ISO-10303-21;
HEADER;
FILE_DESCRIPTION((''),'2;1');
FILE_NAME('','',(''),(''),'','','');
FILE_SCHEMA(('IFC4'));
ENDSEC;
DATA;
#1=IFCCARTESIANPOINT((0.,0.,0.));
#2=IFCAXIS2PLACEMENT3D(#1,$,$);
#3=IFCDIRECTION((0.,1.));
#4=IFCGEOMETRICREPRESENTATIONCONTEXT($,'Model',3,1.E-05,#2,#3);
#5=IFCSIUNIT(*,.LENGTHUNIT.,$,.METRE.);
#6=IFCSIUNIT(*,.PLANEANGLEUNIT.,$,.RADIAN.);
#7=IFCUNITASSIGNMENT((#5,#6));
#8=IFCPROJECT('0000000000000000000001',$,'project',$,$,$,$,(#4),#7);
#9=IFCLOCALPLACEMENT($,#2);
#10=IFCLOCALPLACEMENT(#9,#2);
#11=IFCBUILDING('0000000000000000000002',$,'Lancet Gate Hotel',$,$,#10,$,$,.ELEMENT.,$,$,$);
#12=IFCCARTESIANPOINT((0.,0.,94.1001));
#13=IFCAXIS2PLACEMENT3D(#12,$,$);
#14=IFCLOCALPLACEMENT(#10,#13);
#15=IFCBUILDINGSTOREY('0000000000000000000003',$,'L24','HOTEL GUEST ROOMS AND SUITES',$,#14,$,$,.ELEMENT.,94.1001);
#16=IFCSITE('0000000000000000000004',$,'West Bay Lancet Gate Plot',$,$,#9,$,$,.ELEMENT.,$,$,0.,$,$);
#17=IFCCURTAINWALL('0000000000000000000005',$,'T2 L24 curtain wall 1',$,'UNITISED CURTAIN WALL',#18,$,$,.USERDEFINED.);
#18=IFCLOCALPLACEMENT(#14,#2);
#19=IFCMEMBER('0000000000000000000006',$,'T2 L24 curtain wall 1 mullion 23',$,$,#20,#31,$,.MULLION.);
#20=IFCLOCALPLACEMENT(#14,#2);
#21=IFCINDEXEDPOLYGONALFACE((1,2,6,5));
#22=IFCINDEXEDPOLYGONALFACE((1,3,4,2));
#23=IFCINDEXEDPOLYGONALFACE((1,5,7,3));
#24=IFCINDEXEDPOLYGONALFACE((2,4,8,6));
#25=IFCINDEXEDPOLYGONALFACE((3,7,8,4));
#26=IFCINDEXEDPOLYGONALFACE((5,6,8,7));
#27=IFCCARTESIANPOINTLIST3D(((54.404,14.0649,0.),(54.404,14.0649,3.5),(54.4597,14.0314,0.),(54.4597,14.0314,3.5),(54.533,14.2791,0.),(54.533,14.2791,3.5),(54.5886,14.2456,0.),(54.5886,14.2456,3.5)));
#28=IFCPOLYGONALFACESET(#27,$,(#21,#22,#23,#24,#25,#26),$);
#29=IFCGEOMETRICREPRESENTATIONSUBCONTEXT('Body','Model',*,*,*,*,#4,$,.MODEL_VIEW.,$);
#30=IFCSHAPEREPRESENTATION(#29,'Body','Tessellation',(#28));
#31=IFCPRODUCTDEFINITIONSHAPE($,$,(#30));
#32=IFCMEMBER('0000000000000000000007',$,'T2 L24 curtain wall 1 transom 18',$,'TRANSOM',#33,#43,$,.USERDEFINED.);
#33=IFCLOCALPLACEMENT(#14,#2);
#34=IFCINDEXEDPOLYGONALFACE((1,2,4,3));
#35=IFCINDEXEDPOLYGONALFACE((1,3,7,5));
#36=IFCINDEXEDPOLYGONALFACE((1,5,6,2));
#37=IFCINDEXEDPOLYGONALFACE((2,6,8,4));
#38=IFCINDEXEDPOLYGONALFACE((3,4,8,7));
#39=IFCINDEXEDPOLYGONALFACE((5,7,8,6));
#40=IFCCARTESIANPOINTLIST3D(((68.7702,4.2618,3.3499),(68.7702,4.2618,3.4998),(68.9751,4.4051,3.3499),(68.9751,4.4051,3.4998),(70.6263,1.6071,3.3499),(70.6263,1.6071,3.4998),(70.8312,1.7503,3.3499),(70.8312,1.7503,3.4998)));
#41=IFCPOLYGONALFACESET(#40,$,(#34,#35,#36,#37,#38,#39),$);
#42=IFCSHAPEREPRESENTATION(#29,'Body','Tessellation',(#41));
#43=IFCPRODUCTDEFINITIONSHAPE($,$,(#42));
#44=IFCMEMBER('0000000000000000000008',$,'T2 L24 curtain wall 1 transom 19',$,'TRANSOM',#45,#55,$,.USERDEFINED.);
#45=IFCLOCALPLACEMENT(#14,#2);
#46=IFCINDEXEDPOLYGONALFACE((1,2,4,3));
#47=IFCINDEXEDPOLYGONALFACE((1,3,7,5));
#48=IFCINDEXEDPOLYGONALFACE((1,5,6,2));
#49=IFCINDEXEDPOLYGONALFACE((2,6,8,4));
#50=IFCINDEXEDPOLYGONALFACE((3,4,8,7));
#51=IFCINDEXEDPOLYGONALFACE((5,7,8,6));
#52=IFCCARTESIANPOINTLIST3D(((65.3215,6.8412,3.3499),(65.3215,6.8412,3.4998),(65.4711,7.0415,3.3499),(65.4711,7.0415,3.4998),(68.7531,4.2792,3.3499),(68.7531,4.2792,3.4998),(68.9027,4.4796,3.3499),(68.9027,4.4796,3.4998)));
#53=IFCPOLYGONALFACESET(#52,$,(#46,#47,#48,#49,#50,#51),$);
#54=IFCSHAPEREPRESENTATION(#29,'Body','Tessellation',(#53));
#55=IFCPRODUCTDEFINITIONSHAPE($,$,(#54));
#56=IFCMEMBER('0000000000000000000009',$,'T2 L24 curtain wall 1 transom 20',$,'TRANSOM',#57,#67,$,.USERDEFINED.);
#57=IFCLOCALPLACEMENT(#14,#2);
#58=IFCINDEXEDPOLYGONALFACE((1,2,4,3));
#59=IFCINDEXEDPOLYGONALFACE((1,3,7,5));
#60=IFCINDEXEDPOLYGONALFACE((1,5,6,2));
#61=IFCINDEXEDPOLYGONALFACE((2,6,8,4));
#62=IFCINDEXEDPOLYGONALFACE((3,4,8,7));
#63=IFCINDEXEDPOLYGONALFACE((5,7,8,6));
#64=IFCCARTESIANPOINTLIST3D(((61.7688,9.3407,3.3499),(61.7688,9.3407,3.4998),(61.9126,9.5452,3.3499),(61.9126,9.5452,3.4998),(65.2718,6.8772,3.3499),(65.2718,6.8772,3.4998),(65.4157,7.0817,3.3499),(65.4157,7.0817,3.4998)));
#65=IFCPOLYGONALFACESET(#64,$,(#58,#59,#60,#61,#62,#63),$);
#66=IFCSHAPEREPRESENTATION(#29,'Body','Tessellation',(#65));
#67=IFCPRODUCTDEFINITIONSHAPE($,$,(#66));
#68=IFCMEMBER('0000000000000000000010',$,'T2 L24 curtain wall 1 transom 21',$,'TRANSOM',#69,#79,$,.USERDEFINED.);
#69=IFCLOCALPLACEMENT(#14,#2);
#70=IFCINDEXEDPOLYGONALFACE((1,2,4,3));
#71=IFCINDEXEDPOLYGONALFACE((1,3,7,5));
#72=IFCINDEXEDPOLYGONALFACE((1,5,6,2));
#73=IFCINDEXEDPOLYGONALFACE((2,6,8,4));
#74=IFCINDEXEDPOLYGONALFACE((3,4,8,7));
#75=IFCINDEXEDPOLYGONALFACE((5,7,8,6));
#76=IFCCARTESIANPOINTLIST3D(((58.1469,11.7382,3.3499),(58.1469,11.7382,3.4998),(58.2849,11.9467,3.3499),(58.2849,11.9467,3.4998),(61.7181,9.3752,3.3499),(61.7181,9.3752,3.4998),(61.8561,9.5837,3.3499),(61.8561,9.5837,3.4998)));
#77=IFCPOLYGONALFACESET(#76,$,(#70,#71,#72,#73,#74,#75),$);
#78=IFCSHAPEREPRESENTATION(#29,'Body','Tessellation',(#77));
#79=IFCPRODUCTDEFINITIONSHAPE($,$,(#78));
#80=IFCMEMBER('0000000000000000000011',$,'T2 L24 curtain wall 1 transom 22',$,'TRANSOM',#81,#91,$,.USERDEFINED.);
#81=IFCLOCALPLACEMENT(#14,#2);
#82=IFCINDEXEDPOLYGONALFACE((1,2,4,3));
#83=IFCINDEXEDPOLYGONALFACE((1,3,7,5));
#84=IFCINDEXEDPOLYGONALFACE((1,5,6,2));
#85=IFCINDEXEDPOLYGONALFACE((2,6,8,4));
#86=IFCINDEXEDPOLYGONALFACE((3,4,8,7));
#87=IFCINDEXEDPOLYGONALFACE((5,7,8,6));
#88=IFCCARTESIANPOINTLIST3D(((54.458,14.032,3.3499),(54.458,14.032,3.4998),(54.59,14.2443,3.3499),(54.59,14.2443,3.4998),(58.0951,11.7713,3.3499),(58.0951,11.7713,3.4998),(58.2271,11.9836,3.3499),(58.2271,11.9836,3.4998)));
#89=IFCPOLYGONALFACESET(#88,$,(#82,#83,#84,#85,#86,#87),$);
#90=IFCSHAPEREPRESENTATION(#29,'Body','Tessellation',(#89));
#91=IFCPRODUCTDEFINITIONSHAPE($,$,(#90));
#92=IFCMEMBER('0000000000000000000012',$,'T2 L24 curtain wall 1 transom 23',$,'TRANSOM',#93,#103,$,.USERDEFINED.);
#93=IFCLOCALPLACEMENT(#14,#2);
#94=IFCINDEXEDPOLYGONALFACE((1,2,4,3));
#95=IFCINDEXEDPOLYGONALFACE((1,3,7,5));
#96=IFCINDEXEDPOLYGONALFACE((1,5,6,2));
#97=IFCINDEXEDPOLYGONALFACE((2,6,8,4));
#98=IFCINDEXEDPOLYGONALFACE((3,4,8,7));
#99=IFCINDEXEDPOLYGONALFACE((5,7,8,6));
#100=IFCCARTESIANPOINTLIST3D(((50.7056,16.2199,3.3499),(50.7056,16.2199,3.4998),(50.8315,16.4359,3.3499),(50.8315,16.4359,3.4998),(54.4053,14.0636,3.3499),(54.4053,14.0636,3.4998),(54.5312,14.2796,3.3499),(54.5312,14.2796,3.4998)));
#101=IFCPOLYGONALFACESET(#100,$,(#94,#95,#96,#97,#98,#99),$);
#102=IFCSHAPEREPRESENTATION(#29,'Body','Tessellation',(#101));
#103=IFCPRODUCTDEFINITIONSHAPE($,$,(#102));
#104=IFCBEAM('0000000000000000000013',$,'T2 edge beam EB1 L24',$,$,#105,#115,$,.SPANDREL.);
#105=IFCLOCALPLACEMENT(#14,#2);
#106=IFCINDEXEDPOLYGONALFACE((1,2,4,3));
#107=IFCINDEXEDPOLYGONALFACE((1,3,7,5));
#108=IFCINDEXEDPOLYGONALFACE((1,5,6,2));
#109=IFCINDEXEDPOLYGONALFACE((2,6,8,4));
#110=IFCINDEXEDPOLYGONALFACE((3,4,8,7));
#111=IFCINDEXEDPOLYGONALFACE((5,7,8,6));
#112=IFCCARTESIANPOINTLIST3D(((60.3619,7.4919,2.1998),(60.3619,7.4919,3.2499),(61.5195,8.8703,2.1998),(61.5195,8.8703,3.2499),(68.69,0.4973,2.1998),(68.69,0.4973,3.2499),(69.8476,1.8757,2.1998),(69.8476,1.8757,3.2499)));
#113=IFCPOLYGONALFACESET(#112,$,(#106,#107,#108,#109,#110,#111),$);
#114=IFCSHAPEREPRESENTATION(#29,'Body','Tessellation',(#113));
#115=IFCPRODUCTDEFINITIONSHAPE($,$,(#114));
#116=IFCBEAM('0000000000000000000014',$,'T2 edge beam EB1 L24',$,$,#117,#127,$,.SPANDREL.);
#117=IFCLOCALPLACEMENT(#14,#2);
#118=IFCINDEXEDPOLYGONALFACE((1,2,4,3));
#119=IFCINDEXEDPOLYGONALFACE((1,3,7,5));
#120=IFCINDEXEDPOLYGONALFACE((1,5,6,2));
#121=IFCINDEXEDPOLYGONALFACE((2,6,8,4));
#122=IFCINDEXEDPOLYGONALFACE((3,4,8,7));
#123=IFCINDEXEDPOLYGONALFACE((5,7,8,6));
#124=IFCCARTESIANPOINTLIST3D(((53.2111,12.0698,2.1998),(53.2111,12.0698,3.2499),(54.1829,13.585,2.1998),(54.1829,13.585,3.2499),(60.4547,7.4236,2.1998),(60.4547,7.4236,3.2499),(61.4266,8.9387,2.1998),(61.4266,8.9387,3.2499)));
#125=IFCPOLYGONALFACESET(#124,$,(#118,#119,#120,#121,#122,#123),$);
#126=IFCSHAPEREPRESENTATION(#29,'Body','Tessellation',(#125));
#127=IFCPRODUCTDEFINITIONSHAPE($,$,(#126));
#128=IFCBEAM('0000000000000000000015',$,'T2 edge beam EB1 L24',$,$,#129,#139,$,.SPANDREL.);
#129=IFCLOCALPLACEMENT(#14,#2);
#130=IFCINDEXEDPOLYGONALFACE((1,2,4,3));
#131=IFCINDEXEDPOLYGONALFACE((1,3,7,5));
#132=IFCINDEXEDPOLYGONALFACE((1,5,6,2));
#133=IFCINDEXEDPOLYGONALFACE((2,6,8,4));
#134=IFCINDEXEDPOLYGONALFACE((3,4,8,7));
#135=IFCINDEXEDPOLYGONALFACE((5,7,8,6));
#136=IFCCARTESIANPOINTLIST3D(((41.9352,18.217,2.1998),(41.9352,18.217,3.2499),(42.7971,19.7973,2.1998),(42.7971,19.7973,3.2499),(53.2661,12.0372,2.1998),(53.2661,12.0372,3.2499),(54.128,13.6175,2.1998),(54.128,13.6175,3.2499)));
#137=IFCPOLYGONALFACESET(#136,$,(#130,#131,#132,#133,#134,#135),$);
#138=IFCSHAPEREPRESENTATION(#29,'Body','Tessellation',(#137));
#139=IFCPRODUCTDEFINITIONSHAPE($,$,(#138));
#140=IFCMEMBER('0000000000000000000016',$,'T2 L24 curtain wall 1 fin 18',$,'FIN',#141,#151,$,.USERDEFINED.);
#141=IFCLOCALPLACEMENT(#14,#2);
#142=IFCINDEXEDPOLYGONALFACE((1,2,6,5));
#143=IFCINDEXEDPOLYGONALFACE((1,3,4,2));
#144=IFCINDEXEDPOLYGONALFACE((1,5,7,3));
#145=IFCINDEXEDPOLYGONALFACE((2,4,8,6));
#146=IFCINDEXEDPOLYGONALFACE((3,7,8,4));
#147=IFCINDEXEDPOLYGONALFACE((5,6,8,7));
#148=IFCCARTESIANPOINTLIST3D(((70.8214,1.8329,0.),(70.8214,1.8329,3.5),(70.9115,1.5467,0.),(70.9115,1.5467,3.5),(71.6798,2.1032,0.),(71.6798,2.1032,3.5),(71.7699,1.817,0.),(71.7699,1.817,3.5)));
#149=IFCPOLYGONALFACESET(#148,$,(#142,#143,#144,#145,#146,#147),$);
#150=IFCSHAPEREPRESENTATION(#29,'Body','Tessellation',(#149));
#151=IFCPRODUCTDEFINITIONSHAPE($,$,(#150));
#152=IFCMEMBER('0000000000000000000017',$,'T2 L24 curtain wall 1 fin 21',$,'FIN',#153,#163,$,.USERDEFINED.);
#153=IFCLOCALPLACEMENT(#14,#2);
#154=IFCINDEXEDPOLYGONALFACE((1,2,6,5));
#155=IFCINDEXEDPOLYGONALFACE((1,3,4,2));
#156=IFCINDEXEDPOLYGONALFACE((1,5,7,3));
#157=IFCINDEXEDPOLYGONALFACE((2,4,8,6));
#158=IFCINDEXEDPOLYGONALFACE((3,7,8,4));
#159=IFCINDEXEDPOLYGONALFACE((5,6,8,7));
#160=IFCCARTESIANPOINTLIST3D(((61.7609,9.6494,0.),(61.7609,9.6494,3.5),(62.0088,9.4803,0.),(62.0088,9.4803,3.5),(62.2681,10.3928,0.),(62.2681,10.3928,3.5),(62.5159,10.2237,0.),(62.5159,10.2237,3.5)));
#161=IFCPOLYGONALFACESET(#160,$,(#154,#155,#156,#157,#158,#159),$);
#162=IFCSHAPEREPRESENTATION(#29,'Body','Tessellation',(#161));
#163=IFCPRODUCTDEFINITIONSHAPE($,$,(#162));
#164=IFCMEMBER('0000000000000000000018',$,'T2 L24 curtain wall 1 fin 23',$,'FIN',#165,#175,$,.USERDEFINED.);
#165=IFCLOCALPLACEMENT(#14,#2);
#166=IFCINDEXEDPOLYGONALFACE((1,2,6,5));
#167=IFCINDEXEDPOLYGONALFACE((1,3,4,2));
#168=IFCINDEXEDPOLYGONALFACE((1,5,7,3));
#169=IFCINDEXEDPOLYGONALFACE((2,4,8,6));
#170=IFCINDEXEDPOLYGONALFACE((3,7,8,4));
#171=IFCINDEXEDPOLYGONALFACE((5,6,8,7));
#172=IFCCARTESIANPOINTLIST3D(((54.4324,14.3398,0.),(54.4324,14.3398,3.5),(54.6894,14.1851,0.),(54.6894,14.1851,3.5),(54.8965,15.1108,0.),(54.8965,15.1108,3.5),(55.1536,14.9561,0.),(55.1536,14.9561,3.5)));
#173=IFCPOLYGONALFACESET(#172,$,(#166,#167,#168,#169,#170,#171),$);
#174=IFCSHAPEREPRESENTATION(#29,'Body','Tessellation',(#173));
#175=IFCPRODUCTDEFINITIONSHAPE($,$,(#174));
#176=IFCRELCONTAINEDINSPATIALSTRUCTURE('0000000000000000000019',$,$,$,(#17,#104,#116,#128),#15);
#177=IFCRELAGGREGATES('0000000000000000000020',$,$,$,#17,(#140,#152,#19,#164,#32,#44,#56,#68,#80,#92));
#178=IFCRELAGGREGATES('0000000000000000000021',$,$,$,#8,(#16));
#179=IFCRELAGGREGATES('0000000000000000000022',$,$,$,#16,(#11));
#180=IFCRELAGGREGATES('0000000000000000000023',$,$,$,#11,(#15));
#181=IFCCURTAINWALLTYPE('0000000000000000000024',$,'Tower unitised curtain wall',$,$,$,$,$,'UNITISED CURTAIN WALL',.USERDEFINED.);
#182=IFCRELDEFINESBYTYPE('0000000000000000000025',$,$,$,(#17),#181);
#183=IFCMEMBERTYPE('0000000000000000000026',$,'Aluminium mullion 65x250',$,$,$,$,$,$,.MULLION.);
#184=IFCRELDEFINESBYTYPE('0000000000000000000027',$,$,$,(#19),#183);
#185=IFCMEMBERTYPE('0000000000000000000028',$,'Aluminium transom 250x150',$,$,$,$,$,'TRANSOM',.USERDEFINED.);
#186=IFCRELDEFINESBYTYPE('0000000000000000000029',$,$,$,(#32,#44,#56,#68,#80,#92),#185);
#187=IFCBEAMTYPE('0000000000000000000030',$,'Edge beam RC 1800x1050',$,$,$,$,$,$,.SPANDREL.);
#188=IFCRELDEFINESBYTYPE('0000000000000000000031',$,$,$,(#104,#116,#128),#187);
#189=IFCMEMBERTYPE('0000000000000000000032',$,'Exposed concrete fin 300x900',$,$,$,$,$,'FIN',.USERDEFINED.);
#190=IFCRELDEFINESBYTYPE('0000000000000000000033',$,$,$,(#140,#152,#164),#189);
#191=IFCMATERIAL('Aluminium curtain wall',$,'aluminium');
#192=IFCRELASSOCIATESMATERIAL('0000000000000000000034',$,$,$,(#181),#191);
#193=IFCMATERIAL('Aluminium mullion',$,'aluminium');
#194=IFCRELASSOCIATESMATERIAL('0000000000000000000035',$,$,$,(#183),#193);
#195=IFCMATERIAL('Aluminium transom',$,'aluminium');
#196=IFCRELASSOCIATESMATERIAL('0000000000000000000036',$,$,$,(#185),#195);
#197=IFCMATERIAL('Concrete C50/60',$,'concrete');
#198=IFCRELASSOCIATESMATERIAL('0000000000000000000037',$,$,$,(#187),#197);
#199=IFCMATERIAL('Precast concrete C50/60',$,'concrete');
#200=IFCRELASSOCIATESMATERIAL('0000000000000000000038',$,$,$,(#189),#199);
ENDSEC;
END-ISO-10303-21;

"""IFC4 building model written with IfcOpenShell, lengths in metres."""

from ifc_helpers import new_model, si_unit, direction, frame, origin, origin_2d, place, context, subcontext, project, spatial, rectangle, extrude, material, material_profile, profile_set, type_object, element, aggregate, save


model = new_model("IFC4")

# Units and contexts
model_context = context("Model", 3, precision=1e-05, world=origin(), true_north=direction((0.0, 1.0)))
body_context = subcontext(model_context, "Body", "Model", "MODEL_VIEW")
ifc_project = project(units=[si_unit("LENGTHUNIT", "METRE"), si_unit("PLANEANGLEUNIT", "RADIAN")], contexts=[model_context])

# Site, building, storey
site_placement = place(None, origin())
site = spatial("IfcSite", under=ifc_project, at=site_placement, Name="West Bay Lancet Gate Plot", CompositionType="ELEMENT", RefElevation=0.0)
building_placement = place(site_placement, origin())
building = spatial("IfcBuilding", under=site, at=building_placement, Name="Lancet Gate Hotel", CompositionType="ELEMENT")
storey_placement = place(building_placement, frame((0.0, 0.0, 94.1001)))
storey = spatial("IfcBuildingStorey", under=building, at=storey_placement, Name="L24", Description="HOTEL GUEST ROOMS AND SUITES", CompositionType="ELEMENT", Elevation=94.1001)

# Curtain wall, members
ifc_material_1 = material(Name="Aluminium curtain wall", Category="aluminium")
curtain_wall_type = type_object("IfcCurtainWallType", Name="Tower unitised curtain wall", ElementType="UNITISED CURTAIN WALL", PredefinedType="USERDEFINED", material=ifc_material_1)
curtain_wall_placement = place(storey_placement, origin())
curtain_wall = element("IfcCurtainWall", 1, at=curtain_wall_placement, inside=storey, type_object=curtain_wall_type, Name="T2 L24 curtain wall 1", ObjectType="UNITISED CURTAIN WALL", PredefinedType="USERDEFINED")
ifc_material_2 = material(Name="Aluminium mullion", Category="aluminium")
ifc_material_profile_1 = material_profile(ifc_material_2, rectangle(XDim=0.0649, YDim=0.25, at=origin_2d()), Name="MULLION 65x250")
ifc_profile_set_1 = profile_set([ifc_material_profile_1], Name="Aluminium mullion")
member_type_1 = type_object("IfcMemberType", Name="Aluminium mullion 65x250", PredefinedType="MULLION", material=ifc_profile_set_1)
member_1_placement = place(storey_placement, frame((54.4963, 14.1553, 0.0), z_axis=(0.0, 0.0, 1.0), x_axis=(-0.856728, 0.515768, 0.0)))
member_1 = element("IfcMember", 2, at=member_1_placement, type_object=member_type_1, Name="T2 L24 curtain wall 1 mullion 23", PredefinedType="MULLION", context=body_context, shape_type="SweptSolid", body=[
    extrude(rectangle(XDim=0.0649, YDim=0.25, at=origin_2d()), origin(), (0.0, 0.0, 1.0), 3.5),
])
ifc_material_3 = material(Name="Aluminium transom", Category="aluminium")
ifc_material_profile_2 = material_profile(ifc_material_3, rectangle(XDim=0.25, YDim=0.1499, at=origin_2d()), Name="TRANSOM 250x150")
ifc_profile_set_2 = profile_set([ifc_material_profile_2], Name="Aluminium transom")
member_type_2 = type_object("IfcMemberType", Name="Aluminium transom 250x150", ElementType="TRANSOM", PredefinedType="USERDEFINED", material=ifc_profile_set_2)
member_2_placement = place(storey_placement, frame((70.7288, 1.6787, 3.4248), z_axis=(-0.573017, 0.819543, 0.0), x_axis=(-0.819543, -0.573017, 0.0)))
member_2 = element("IfcMember", 3, at=member_2_placement, type_object=member_type_2, Name="T2 L24 curtain wall 1 transom 18", ObjectType="TRANSOM", PredefinedType="USERDEFINED", context=body_context, shape_type="SweptSolid", body=[
    extrude(rectangle(XDim=0.25, YDim=0.1499, at=origin_2d()), origin(), (0.0, 0.0, 1.0), 3.2393),
])
member_3_placement = place(storey_placement, frame((68.8279, 4.3794, 3.4248), z_axis=(-0.801312, 0.598247, 0.0), x_axis=(-0.598247, -0.801312, 0.0)))
member_3 = element("IfcMember", 4, at=member_3_placement, type_object=member_type_2, Name="T2 L24 curtain wall 1 transom 19", ObjectType="TRANSOM", PredefinedType="USERDEFINED", context=body_context, shape_type="SweptSolid", body=[
    extrude(rectangle(XDim=0.25, YDim=0.1499, at=origin_2d()), origin(), (0.0, 0.0, 1.0), 4.2825),
])
member_4_placement = place(storey_placement, frame((65.3438, 6.9795, 3.4248), z_axis=(-0.817987, 0.575236, 0.0), x_axis=(-0.575236, -0.817987, 0.0)))
member_4 = element("IfcMember", 5, at=member_4_placement, type_object=member_type_2, Name="T2 L24 curtain wall 1 transom 20", ObjectType="TRANSOM", PredefinedType="USERDEFINED", context=body_context, shape_type="SweptSolid", body=[
    extrude(rectangle(XDim=0.25, YDim=0.1499, at=origin_2d()), origin(), (0.0, 0.0, 1.0), 4.2825),
])
member_5_placement = place(storey_placement, frame((61.7871, 9.4795, 3.4248), z_axis=(-0.833966, 0.551816, 0.0), x_axis=(-0.551816, -0.833966, 0.0)))
member_5 = element("IfcMember", 6, at=member_5_placement, type_object=member_type_2, Name="T2 L24 curtain wall 1 transom 21", ObjectType="TRANSOM", PredefinedType="USERDEFINED", context=body_context, shape_type="SweptSolid", body=[
    extrude(rectangle(XDim=0.25, YDim=0.1499, at=origin_2d()), origin(), (0.0, 0.0, 1.0), 4.2822),
])
member_6_placement = place(storey_placement, frame((58.1611, 11.8774, 3.4248), z_axis=(-0.849309, 0.527896, 0.0), x_axis=(-0.527896, -0.849309, 0.0)))
member_6 = element("IfcMember", 7, at=member_6_placement, type_object=member_type_2, Name="T2 L24 curtain wall 1 transom 22", ObjectType="TRANSOM", PredefinedType="USERDEFINED", context=body_context, shape_type="SweptSolid", body=[
    extrude(rectangle(XDim=0.25, YDim=0.1499, at=origin_2d()), origin(), (0.0, 0.0, 1.0), 4.2825),
])
member_7_placement = place(storey_placement, frame((54.4683, 14.1716, 3.4248), z_axis=(-0.863973, 0.503538, 0.0), x_axis=(-0.503538, -0.863973, 0.0)))
member_7 = element("IfcMember", 8, at=member_7_placement, type_object=member_type_2, Name="T2 L24 curtain wall 1 transom 23", ObjectType="TRANSOM", PredefinedType="USERDEFINED", context=body_context, shape_type="SweptSolid", body=[
    extrude(rectangle(XDim=0.25, YDim=0.1499, at=origin_2d()), origin(), (0.0, 0.0, 1.0), 4.2822),
])

# Beams
ifc_material_4 = material(Name="Concrete C50/60", Category="concrete")
ifc_material_profile_3 = material_profile(ifc_material_4, rectangle(XDim=1.8, YDim=1.05, at=origin_2d()), Name="RC 1800x1050")
ifc_profile_set_3 = profile_set([ifc_material_profile_3], Name="Concrete C50/60")
beam_type_1 = type_object("IfcBeamType", Name="Edge beam RC 1800x1050", PredefinedType="SPANDREL", material=ifc_profile_set_3)
beam_1_placement = place(storey_placement, frame((69.2688, 1.1865, 2.7249), z_axis=(-0.76575, 0.643138, 0.0), x_axis=(-0.643138, -0.76575, 0.0)))
element("IfcBeam", 9, at=beam_1_placement, inside=storey, type_object=beam_type_1, Name="T2 edge beam EB1 L24", PredefinedType="SPANDREL", context=body_context, shape_type="SweptSolid", body=[
    extrude(rectangle(XDim=1.8, YDim=1.05, at=origin_2d()), origin(), (0.0, 0.0, 1.0), 10.8757),
])
beam_2_placement = place(storey_placement, frame((60.9407, 8.1812, 2.7249), z_axis=(-0.841727, 0.539903, 0.0), x_axis=(-0.539903, -0.841727, 0.0)))
element("IfcBeam", 10, at=beam_2_placement, inside=storey, type_object=beam_type_1, Name="T2 edge beam EB1 L24", PredefinedType="SPANDREL", context=body_context, shape_type="SweptSolid", body=[
    extrude(rectangle(XDim=1.8, YDim=1.05, at=origin_2d()), origin(), (0.0, 0.0, 1.0), 8.6057),
])
beam_3_placement = place(storey_placement, frame((53.697, 12.8274, 2.7249), z_axis=(-0.87792, 0.478807, 0.0), x_axis=(-0.478807, -0.87792, 0.0)))
element("IfcBeam", 11, at=beam_3_placement, inside=storey, type_object=beam_type_1, Name="T2 edge beam EB1 L24", PredefinedType="SPANDREL", context=body_context, shape_type="SweptSolid", body=[
    extrude(rectangle(XDim=1.8, YDim=1.05, at=origin_2d()), origin(), (0.0, 0.0, 1.0), 12.9065),
])

# Members
ifc_material_5 = material(Name="Precast concrete C50/60", Category="concrete")
ifc_material_profile_4 = material_profile(ifc_material_5, rectangle(XDim=0.3, YDim=0.8999, at=origin_2d()), Name="FIN 300x900")
ifc_profile_set_4 = profile_set([ifc_material_profile_4], Name="Precast concrete C50/60")
member_type_3 = type_object("IfcMemberType", Name="Exposed concrete fin 300x900", ElementType="FIN", PredefinedType="USERDEFINED", material=ifc_profile_set_4)
member_8_placement = place(storey_placement, frame((71.2957, 1.825, 0.0), z_axis=(0.0, 0.0, 1.0), x_axis=(-0.300385, 0.953818, 0.0)))
member_8 = element("IfcMember", 12, at=member_8_placement, type_object=member_type_3, Name="T2 L24 curtain wall 1 fin 18", ObjectType="FIN", PredefinedType="USERDEFINED", context=body_context, shape_type="SweptSolid", body=[
    extrude(rectangle(XDim=0.3, YDim=0.8999, at=origin_2d()), origin(), (0.0, 0.0, 1.0), 3.5),
])
member_9_placement = place(storey_placement, frame((62.1384, 9.9365, 0.0), z_axis=(0.0, 0.0, 1.0), x_axis=(-0.826066, 0.563574, 0.0)))
member_9 = element("IfcMember", 13, at=member_9_placement, type_object=member_type_3, Name="T2 L24 curtain wall 1 fin 21", ObjectType="FIN", PredefinedType="USERDEFINED", context=body_context, shape_type="SweptSolid", body=[
    extrude(rectangle(XDim=0.3, YDim=0.8999, at=origin_2d()), origin(), (0.0, 0.0, 1.0), 3.5),
])
member_10_placement = place(storey_placement, frame((54.793, 14.6479, 0.0), z_axis=(0.0, 0.0, 1.0), x_axis=(-0.856728, 0.515768, 0.0)))
member_10 = element("IfcMember", 14, at=member_10_placement, type_object=member_type_3, Name="T2 L24 curtain wall 1 fin 23", ObjectType="FIN", PredefinedType="USERDEFINED", context=body_context, shape_type="SweptSolid", body=[
    extrude(rectangle(XDim=0.3, YDim=0.8999, at=origin_2d()), origin(), (0.0, 0.0, 1.0), 3.5),
])

aggregate(curtain_wall, [member_8, member_9, member_1, member_10, member_2, member_3, member_4, member_5, member_6, member_7])

save(model, "model.ifc")
